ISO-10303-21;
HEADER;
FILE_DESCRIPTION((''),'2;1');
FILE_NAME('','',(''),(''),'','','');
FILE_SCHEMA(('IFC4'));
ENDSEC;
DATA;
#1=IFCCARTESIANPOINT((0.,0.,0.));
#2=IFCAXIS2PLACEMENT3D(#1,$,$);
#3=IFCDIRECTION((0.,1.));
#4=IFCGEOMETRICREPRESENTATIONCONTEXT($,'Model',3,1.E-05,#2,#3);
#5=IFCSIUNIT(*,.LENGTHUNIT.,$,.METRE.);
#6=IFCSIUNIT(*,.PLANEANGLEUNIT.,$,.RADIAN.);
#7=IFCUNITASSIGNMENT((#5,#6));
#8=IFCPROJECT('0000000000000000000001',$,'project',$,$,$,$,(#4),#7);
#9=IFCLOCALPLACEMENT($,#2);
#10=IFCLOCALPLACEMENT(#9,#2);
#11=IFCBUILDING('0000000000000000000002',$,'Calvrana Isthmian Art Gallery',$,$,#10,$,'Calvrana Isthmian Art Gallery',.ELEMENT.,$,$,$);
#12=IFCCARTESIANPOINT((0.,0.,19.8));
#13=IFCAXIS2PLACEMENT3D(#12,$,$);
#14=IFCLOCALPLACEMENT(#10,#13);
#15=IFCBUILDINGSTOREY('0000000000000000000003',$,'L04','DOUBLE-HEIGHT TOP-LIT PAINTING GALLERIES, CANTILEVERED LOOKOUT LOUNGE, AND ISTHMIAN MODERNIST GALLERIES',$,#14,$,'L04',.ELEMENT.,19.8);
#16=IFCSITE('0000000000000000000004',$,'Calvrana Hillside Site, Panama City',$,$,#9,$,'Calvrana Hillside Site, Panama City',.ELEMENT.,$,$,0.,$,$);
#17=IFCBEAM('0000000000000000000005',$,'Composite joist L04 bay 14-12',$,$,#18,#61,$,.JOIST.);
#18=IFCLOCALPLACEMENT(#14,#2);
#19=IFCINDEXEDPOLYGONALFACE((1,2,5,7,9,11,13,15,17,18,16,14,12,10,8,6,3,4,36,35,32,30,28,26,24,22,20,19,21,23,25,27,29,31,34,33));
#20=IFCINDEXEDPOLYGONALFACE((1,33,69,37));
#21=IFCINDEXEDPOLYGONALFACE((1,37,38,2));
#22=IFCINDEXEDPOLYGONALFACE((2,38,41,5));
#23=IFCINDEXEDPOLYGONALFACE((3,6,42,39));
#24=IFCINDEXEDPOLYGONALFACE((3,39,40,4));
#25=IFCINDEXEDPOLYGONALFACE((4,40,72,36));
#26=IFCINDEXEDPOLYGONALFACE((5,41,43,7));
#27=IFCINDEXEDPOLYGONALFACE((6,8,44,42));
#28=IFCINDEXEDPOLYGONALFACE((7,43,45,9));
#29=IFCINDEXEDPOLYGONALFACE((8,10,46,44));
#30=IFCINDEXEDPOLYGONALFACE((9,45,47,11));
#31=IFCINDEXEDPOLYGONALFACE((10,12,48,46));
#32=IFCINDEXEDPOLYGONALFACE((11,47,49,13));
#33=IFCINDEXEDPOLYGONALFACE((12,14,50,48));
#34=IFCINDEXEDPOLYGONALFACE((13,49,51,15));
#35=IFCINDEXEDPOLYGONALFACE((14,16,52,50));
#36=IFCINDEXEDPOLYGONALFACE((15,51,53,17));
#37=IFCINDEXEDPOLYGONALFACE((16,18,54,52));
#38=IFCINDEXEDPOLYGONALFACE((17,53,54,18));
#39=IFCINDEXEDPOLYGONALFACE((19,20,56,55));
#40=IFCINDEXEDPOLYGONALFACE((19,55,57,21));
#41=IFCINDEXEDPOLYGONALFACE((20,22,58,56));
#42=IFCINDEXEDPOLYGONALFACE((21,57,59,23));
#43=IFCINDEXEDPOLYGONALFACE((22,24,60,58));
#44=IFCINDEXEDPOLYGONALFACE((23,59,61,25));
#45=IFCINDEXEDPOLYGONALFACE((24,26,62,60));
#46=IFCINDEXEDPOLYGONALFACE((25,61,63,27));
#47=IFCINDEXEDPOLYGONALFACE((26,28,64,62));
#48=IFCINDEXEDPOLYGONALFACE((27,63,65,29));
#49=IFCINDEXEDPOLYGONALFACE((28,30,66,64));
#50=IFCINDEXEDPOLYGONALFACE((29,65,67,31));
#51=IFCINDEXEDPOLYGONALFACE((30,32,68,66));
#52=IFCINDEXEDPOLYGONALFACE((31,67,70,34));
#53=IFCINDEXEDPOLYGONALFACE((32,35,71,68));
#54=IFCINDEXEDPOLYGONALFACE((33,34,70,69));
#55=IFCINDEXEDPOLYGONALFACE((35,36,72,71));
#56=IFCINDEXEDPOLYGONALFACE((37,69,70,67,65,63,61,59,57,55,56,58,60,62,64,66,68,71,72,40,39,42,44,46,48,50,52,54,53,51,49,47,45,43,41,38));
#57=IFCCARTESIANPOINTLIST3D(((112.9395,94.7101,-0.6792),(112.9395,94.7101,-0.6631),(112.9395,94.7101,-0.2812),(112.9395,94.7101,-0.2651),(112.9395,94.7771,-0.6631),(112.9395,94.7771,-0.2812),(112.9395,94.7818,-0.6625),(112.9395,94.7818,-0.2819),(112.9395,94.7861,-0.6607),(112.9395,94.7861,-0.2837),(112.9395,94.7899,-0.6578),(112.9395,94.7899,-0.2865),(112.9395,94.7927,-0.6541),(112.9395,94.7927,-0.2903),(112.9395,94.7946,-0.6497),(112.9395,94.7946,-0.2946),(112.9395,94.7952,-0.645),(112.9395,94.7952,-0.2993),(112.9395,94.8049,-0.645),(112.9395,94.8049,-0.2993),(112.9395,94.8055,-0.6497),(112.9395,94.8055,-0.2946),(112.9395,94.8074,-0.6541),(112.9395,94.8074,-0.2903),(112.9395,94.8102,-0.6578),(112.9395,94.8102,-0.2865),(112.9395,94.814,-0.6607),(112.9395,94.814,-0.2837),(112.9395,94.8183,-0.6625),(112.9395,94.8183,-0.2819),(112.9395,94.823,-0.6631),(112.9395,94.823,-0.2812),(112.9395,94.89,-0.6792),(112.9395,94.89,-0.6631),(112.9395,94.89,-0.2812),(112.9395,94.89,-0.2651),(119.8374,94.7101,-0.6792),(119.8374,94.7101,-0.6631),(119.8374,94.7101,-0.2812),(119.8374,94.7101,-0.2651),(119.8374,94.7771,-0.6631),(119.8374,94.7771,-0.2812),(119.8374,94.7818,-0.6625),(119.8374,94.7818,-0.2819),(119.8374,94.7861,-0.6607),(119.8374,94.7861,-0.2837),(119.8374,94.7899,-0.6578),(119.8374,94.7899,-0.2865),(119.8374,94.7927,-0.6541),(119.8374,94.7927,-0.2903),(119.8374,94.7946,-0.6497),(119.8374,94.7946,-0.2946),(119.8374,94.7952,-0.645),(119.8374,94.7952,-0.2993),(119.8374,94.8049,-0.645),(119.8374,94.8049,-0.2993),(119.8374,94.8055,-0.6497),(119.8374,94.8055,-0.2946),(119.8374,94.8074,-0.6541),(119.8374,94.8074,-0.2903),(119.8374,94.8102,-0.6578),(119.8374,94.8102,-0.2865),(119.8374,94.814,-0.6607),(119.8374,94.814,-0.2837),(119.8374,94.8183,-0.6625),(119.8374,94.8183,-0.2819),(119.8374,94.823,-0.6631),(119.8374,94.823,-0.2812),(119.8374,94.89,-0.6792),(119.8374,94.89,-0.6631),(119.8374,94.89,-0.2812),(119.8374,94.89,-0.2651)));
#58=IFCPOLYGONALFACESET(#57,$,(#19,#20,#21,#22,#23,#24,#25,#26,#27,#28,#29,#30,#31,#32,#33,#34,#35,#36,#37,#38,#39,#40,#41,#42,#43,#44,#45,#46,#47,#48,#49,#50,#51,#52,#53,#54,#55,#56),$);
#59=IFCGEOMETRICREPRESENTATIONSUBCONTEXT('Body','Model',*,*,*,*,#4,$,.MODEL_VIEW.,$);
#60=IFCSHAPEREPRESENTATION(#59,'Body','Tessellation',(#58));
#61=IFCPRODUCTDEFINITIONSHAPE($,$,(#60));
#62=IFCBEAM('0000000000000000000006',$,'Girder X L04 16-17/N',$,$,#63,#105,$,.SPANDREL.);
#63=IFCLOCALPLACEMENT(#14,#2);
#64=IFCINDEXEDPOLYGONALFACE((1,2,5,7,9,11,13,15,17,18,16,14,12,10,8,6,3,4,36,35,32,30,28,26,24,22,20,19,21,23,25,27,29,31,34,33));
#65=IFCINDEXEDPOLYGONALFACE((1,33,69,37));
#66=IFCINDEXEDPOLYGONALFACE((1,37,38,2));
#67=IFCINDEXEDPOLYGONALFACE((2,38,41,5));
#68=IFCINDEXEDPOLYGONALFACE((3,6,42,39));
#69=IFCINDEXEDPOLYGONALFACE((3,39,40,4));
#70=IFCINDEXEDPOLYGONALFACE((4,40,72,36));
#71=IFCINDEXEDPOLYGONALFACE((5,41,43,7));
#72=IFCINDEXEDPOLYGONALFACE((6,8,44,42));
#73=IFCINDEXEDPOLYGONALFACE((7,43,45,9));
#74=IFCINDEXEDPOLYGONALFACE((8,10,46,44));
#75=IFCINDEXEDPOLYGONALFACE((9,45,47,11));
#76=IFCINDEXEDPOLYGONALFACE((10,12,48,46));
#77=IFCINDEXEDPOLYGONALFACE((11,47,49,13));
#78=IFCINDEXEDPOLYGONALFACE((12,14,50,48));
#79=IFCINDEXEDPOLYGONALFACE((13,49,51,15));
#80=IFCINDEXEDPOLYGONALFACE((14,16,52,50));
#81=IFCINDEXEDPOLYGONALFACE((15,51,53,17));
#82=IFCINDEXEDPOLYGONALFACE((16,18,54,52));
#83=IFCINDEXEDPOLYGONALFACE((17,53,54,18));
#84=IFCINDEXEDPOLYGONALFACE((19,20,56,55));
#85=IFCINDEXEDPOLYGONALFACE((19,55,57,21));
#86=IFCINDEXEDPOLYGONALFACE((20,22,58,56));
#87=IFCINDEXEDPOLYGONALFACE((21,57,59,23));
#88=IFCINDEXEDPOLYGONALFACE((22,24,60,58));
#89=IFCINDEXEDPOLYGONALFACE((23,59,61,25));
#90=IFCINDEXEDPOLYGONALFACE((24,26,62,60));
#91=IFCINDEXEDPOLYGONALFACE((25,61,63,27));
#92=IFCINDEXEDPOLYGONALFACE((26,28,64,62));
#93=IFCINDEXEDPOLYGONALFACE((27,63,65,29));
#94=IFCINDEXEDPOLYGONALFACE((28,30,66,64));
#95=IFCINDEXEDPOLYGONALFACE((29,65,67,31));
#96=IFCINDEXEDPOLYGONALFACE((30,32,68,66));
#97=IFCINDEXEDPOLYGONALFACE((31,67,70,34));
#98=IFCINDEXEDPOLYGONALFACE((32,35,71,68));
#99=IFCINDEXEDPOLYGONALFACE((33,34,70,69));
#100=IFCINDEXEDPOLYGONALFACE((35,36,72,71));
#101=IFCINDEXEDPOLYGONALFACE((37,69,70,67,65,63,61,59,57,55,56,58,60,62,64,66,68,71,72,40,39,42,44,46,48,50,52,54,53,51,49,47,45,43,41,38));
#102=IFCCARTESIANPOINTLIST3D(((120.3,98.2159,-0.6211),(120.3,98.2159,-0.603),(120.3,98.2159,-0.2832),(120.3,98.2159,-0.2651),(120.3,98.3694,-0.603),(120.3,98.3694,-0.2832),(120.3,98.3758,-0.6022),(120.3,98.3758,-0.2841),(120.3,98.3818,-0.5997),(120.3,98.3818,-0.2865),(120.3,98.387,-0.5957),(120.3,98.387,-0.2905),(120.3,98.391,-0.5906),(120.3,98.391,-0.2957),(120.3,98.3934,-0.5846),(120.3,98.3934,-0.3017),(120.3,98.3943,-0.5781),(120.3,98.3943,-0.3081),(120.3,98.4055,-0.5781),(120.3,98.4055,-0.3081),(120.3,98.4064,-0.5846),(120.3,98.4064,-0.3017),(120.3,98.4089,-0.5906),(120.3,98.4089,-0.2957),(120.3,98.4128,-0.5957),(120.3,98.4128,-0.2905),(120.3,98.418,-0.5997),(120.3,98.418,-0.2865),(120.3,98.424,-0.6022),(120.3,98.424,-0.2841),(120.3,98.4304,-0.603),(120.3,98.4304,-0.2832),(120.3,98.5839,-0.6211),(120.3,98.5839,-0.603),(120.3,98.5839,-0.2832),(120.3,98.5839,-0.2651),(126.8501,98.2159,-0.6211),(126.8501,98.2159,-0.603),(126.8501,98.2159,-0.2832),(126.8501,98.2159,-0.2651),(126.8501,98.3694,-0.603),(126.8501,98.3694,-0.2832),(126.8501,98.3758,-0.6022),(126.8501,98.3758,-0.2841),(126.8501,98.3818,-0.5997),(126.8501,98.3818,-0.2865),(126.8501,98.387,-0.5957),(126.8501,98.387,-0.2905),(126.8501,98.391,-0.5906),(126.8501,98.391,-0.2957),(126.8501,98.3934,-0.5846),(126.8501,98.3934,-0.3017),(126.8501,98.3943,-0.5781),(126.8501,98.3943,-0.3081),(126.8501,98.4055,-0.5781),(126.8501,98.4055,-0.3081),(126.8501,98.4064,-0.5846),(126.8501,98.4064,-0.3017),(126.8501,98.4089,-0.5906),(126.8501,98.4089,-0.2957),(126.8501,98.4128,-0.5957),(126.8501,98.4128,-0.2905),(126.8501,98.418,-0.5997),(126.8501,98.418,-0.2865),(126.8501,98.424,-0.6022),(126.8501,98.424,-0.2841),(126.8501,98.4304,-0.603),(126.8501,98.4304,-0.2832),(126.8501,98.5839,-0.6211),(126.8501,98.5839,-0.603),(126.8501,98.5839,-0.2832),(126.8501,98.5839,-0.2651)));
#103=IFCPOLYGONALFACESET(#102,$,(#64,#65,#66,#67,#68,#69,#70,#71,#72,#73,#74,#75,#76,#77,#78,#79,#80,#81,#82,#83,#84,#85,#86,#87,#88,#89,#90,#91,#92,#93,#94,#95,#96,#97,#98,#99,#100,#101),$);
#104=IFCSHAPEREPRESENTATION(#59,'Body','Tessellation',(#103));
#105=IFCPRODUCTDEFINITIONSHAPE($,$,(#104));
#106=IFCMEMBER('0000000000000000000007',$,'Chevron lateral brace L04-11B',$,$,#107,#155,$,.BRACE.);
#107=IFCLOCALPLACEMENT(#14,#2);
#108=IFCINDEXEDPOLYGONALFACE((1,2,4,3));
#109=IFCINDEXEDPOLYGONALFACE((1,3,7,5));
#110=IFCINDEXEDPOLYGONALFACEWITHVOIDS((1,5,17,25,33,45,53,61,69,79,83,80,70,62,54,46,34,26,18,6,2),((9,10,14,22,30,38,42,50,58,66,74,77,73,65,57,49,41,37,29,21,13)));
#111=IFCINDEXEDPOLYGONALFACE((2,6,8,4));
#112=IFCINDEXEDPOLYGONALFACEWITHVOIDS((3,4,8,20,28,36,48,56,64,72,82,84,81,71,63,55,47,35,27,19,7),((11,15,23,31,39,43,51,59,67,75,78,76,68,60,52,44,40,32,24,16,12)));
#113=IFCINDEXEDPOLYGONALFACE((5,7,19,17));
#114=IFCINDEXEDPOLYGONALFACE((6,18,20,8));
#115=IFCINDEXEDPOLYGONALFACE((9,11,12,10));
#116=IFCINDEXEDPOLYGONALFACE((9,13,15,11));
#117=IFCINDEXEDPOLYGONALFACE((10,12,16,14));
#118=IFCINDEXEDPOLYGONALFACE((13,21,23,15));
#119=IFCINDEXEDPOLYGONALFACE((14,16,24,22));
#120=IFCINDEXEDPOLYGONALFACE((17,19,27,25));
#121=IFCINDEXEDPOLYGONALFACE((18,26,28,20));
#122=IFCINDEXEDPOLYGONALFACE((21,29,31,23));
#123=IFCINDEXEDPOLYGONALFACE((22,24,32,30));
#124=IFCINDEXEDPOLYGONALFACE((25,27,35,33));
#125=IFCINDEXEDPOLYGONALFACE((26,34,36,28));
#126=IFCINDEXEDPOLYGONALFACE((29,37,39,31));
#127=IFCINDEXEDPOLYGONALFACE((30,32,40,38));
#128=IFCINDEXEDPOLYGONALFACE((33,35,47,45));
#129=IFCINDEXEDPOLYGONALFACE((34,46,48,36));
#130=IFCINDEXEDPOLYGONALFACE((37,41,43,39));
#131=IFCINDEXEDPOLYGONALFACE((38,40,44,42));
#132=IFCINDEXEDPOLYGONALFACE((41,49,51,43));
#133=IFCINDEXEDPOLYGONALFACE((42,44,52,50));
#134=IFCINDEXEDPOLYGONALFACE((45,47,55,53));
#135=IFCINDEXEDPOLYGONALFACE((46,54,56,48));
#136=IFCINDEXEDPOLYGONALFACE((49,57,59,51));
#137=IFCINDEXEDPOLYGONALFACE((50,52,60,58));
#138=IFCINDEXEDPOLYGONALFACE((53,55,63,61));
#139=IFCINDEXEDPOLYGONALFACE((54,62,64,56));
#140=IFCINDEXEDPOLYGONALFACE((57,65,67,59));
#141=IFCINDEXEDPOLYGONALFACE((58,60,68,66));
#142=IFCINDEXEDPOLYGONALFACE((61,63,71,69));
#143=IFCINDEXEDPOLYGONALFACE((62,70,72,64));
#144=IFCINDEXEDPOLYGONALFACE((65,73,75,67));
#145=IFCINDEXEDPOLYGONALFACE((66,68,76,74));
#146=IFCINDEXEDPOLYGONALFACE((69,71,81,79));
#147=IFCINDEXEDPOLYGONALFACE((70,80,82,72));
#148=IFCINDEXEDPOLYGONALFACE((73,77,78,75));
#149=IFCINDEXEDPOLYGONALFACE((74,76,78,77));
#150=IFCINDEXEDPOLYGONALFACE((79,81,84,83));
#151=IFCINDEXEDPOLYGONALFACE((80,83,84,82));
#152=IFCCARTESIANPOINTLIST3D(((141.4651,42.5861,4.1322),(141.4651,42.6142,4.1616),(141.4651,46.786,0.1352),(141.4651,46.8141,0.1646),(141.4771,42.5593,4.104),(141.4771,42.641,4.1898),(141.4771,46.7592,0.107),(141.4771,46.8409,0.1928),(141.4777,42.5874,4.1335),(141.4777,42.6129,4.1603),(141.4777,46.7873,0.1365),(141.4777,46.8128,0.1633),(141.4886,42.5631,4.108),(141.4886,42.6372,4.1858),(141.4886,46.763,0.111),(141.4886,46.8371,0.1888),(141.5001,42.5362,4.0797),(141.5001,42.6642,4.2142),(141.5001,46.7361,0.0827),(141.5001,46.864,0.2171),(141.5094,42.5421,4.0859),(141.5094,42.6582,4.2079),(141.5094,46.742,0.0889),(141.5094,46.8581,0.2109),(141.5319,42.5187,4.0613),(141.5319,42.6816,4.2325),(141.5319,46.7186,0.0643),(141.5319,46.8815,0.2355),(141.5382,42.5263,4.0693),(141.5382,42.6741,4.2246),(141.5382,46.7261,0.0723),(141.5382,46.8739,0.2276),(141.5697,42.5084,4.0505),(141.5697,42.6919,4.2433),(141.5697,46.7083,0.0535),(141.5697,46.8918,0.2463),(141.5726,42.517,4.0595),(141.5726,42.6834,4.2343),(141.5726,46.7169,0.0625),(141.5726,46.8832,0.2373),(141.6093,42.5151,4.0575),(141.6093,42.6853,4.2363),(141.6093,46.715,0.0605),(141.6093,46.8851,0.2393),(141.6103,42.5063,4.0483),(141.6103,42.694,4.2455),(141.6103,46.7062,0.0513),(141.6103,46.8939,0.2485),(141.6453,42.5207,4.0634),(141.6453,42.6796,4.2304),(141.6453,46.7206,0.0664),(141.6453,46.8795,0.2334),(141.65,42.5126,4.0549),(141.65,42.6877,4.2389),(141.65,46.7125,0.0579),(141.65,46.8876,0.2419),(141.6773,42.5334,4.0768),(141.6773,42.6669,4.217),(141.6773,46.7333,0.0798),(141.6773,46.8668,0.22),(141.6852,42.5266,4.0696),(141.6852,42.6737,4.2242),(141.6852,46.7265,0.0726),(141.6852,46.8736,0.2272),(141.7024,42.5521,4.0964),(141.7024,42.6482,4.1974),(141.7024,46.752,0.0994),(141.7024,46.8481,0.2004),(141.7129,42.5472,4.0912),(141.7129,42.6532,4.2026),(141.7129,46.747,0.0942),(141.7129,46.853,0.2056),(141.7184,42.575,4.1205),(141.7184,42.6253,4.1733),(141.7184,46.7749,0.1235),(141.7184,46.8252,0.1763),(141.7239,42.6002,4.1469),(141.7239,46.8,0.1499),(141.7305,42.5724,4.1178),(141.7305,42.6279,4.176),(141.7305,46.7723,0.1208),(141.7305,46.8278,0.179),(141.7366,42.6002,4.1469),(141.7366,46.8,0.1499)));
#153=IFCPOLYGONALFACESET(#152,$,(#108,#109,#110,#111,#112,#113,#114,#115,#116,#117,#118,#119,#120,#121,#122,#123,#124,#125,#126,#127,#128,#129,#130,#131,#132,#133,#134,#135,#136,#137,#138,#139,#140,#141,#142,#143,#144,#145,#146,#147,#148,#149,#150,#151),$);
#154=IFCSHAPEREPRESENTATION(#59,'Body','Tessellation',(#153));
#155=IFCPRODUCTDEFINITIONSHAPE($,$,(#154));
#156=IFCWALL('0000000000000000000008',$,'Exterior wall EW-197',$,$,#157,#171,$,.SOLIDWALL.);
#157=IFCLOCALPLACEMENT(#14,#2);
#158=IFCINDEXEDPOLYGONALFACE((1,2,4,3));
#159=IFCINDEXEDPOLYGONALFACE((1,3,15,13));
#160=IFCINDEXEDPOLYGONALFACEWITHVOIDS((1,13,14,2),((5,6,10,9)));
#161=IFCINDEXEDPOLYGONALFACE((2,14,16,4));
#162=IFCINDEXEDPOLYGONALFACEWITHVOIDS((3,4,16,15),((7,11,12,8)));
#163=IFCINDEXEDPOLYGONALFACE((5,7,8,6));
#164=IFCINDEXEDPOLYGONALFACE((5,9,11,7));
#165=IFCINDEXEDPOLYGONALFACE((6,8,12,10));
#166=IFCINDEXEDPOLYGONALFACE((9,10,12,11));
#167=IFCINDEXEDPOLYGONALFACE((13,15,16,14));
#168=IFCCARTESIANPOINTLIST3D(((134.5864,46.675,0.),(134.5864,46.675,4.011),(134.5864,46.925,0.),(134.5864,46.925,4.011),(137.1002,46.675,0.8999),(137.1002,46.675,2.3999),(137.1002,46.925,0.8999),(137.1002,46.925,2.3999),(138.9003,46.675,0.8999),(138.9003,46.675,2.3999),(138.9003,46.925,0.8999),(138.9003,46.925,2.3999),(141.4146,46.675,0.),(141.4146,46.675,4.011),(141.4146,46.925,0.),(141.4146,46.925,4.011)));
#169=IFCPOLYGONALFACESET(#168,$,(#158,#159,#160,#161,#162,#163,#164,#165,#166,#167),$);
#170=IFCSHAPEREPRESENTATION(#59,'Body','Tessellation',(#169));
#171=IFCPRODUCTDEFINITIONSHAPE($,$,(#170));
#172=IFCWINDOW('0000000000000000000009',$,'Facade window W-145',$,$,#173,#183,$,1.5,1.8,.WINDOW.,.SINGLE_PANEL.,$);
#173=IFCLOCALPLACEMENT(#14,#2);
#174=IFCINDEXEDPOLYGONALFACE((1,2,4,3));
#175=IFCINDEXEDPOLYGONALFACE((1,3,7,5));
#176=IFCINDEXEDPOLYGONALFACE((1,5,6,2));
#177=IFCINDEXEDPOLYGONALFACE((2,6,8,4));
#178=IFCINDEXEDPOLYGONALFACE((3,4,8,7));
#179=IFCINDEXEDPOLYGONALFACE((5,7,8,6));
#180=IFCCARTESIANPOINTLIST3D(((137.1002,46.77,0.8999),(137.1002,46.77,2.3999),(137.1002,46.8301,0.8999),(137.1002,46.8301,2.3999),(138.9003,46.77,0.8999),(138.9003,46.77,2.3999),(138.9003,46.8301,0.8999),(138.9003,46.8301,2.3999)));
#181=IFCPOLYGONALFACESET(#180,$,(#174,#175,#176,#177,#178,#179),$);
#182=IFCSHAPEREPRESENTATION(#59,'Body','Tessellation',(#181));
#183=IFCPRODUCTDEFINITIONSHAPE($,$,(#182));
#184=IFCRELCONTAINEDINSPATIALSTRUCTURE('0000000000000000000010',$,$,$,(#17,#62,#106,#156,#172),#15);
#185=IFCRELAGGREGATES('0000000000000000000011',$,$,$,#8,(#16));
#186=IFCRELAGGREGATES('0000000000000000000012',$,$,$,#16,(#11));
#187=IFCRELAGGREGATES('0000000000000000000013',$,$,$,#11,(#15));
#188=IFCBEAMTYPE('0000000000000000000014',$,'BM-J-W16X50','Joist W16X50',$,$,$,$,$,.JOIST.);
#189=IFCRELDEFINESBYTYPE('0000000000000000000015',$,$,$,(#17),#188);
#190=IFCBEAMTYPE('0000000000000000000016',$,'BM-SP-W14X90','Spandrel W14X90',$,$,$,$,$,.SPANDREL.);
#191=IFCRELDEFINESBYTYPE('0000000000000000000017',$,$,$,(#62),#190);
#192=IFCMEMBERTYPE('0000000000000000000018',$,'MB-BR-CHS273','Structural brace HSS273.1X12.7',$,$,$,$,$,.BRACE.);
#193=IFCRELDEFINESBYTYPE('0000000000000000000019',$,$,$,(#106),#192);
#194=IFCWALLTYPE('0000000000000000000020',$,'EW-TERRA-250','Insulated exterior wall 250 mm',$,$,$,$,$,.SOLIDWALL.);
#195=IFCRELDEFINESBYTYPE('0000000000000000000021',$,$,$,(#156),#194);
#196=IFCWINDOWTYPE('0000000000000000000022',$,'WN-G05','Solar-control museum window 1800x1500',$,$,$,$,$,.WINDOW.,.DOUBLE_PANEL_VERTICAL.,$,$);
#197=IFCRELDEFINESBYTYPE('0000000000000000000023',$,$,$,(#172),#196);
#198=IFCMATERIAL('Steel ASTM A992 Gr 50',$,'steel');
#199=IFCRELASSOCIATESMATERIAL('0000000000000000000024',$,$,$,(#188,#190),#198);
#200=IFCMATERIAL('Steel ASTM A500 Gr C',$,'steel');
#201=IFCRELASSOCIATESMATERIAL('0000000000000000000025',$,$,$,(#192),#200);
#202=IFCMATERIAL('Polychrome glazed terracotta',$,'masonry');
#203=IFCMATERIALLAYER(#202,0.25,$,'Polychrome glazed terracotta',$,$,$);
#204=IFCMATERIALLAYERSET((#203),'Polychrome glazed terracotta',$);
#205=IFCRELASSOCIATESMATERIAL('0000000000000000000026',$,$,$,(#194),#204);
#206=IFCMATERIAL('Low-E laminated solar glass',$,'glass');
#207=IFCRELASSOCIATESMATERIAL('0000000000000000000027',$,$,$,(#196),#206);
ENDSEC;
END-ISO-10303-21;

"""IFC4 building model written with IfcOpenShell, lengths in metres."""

from ifc_helpers import new_model, si_unit, direction, frame, frame_2d, origin, origin_2d, place, context, subcontext, project, spatial, rectangle, hollow_circle, i_section, extrude, material, layer, layer_set, material_profile, profile_set, type_object, element, fill, save


model = new_model("IFC4")

# Units and contexts
model_context = context("Model", 3, precision=1e-05, world=origin(), true_north=direction((0.0, 1.0)))
body_context = subcontext(model_context, "Body", "Model", "MODEL_VIEW")
ifc_project = project(units=[si_unit("LENGTHUNIT", "METRE"), si_unit("PLANEANGLEUNIT", "RADIAN")], contexts=[model_context])

# Site, building, storey
site_placement = place(None, origin())
site = spatial("IfcSite", under=ifc_project, at=site_placement, Name="Calvrana Hillside Site, Panama City", LongName="Calvrana Hillside Site, Panama City", CompositionType="ELEMENT", RefElevation=0.0)
building_placement = place(site_placement, origin())
building = spatial("IfcBuilding", under=site, at=building_placement, Name="Calvrana Isthmian Art Gallery", LongName="Calvrana Isthmian Art Gallery", CompositionType="ELEMENT")
storey_placement = place(building_placement, frame((0.0, 0.0, 19.8)))
storey = spatial("IfcBuildingStorey", under=building, at=storey_placement, Name="L04", Description="DOUBLE-HEIGHT TOP-LIT PAINTING GALLERIES, CANTILEVERED LOOKOUT LOUNGE, AND ISTHMIAN MODERNIST GALLERIES", LongName="L04", CompositionType="ELEMENT", Elevation=19.8)

# Shared definitions
ifc_material_1 = material(Name="Steel ASTM A992 Gr 50", Category="steel")

# Beams
ifc_material_profile_1 = material_profile(ifc_material_1, i_section(OverallWidth=0.1799, OverallDepth=0.4141, WebThickness=0.0098, FlangeThickness=0.0161, FilletRadius=0.0181, at=origin_2d()), Name="W16X50")
ifc_profile_set_1 = profile_set([ifc_material_profile_1], Name="Steel ASTM A992 Gr 50")
beam_type_1 = type_object("IfcBeamType", Name="BM-J-W16X50", Description="Joist W16X50", PredefinedType="JOIST", material=ifc_profile_set_1)
beam_1_placement = place(storey_placement, frame((112.9395, 94.8, -0.4722), z_axis=(1.0, 0.0, 0.0), x_axis=(0.0, 1.0, 0.0)))
element("IfcBeam", 1, at=beam_1_placement, inside=storey, type_object=beam_type_1, Name="Composite joist L04 bay 14-12", PredefinedType="JOIST", context=body_context, shape_type="SweptSolid", body=[
    extrude(i_section(OverallWidth=0.1799, OverallDepth=0.4141, WebThickness=0.0098, FlangeThickness=0.0161, FilletRadius=0.0181, at=origin_2d()), origin(), (0.0, 0.0, 1.0), 6.8979),
])
ifc_material_profile_2 = material_profile(ifc_material_1, i_section(OverallWidth=0.3679, OverallDepth=0.356, WebThickness=0.0112, FlangeThickness=0.0181, FilletRadius=0.0249, at=origin_2d()), Name="W14X90")
ifc_profile_set_2 = profile_set([ifc_material_profile_2], Name="Steel ASTM A992 Gr 50")
beam_type_2 = type_object("IfcBeamType", Name="BM-SP-W14X90", Description="Spandrel W14X90", PredefinedType="SPANDREL", material=ifc_profile_set_2)
beam_2_placement = place(storey_placement, frame((120.3, 98.3999, -0.4431), z_axis=(1.0, 0.0, 0.0), x_axis=(0.0, 1.0, 0.0)))
element("IfcBeam", 2, at=beam_2_placement, inside=storey, type_object=beam_type_2, Name="Girder X L04 16-17/N", PredefinedType="SPANDREL", context=body_context, shape_type="SweptSolid", body=[
    extrude(i_section(OverallWidth=0.3679, OverallDepth=0.356, WebThickness=0.0112, FlangeThickness=0.0181, FilletRadius=0.0249, at=origin_2d()), origin(), (0.0, 0.0, 1.0), 6.55),
])

# Member
ifc_material_2 = material(Name="Steel ASTM A500 Gr C", Category="steel")
ifc_material_profile_3 = material_profile(ifc_material_2, hollow_circle(Radius=0.1365, WallThickness=0.0127, at=origin_2d()), Name="HSS273.1X12.7")
ifc_profile_set_3 = profile_set([ifc_material_profile_3], Name="Steel ASTM A500 Gr C")
member_type = type_object("IfcMemberType", Name="MB-BR-CHS273", Description="Structural brace HSS273.1X12.7", PredefinedType="BRACE", material=ifc_profile_set_3)
member_placement = place(storey_placement, frame((141.6001, 46.8, 0.1499), z_axis=(0.0, -0.724386, 0.689394), x_axis=(1.0, 0.0, 0.0)))
element("IfcMember", 3, at=member_placement, inside=storey, type_object=member_type, Name="Chevron lateral brace L04-11B", PredefinedType="BRACE", context=body_context, shape_type="SweptSolid", body=[
    extrude(hollow_circle(Radius=0.1365, WallThickness=0.0127, at=origin_2d()), origin(), (0.0, 0.0, 1.0), 5.7979),
])

# Wall, opening, window
ifc_material_3 = material(Name="Polychrome glazed terracotta", Category="masonry")
ifc_layer = layer(ifc_material_3, 0.25, Name="Polychrome glazed terracotta")
ifc_layer_set = layer_set([ifc_layer], Name="Polychrome glazed terracotta")
wall_type = type_object("IfcWallType", Name="EW-TERRA-250", Description="Insulated exterior wall 250 mm", PredefinedType="SOLIDWALL", material=ifc_layer_set)
wall_placement = place(storey_placement, frame((134.5864, 46.8, 0.0), z_axis=(0.0, 0.0, 1.0), x_axis=(1.0, 0.0, 0.0)))
wall = element("IfcWall", 4, at=wall_placement, inside=storey, type_object=wall_type, Name="Exterior wall EW-197", PredefinedType="SOLIDWALL", context=body_context, shape_type="SweptSolid", body=[
    extrude(rectangle(XDim=6.8281, YDim=0.25, at=frame_2d((3.4141, 0.0))), origin(), (0.0, 0.0, 1.0), 4.011),
])
opening_placement = place(wall_placement, frame((2.5139, 0.0, 0.8999)))
opening = element("IfcOpeningElement", 5, at=opening_placement, cuts=wall, PredefinedType="OPENING", context=body_context, shape_type="SweptSolid", body=[
    extrude(rectangle(XDim=1.8, YDim=1.5, at=frame_2d((0.8999, 0.75))), frame((0.0, 0.1353, 0.0), z_axis=(0.0, -1.0, 0.0), x_axis=(1.0, 0.0, 0.0)), (0.0, 0.0, 1.0), 0.2705),
])
ifc_material_4 = material(Name="Low-E laminated solar glass", Category="glass")
window_type = type_object("IfcWindowType", Name="WN-G05", Description="Solar-control museum window 1800x1500", PartitioningType="DOUBLE_PANEL_VERTICAL", PredefinedType="WINDOW", material=ifc_material_4)
window_placement = place(opening_placement, origin())
window = element("IfcWindow", 6, at=window_placement, inside=storey, type_object=window_type, Name="Facade window W-145", OverallHeight=1.5, OverallWidth=1.8, PartitioningType="SINGLE_PANEL", PredefinedType="WINDOW", context=body_context, shape_type="SweptSolid", body=[
    extrude(rectangle(XDim=1.8, YDim=1.5, at=frame_2d((0.8999, 0.75))), frame((0.0, 0.03, 0.0), z_axis=(0.0, -1.0, 0.0), x_axis=(1.0, 0.0, 0.0)), (0.0, 0.0, 1.0), 0.0601),
])
fill(opening, window)

save(model, "model.ifc")
